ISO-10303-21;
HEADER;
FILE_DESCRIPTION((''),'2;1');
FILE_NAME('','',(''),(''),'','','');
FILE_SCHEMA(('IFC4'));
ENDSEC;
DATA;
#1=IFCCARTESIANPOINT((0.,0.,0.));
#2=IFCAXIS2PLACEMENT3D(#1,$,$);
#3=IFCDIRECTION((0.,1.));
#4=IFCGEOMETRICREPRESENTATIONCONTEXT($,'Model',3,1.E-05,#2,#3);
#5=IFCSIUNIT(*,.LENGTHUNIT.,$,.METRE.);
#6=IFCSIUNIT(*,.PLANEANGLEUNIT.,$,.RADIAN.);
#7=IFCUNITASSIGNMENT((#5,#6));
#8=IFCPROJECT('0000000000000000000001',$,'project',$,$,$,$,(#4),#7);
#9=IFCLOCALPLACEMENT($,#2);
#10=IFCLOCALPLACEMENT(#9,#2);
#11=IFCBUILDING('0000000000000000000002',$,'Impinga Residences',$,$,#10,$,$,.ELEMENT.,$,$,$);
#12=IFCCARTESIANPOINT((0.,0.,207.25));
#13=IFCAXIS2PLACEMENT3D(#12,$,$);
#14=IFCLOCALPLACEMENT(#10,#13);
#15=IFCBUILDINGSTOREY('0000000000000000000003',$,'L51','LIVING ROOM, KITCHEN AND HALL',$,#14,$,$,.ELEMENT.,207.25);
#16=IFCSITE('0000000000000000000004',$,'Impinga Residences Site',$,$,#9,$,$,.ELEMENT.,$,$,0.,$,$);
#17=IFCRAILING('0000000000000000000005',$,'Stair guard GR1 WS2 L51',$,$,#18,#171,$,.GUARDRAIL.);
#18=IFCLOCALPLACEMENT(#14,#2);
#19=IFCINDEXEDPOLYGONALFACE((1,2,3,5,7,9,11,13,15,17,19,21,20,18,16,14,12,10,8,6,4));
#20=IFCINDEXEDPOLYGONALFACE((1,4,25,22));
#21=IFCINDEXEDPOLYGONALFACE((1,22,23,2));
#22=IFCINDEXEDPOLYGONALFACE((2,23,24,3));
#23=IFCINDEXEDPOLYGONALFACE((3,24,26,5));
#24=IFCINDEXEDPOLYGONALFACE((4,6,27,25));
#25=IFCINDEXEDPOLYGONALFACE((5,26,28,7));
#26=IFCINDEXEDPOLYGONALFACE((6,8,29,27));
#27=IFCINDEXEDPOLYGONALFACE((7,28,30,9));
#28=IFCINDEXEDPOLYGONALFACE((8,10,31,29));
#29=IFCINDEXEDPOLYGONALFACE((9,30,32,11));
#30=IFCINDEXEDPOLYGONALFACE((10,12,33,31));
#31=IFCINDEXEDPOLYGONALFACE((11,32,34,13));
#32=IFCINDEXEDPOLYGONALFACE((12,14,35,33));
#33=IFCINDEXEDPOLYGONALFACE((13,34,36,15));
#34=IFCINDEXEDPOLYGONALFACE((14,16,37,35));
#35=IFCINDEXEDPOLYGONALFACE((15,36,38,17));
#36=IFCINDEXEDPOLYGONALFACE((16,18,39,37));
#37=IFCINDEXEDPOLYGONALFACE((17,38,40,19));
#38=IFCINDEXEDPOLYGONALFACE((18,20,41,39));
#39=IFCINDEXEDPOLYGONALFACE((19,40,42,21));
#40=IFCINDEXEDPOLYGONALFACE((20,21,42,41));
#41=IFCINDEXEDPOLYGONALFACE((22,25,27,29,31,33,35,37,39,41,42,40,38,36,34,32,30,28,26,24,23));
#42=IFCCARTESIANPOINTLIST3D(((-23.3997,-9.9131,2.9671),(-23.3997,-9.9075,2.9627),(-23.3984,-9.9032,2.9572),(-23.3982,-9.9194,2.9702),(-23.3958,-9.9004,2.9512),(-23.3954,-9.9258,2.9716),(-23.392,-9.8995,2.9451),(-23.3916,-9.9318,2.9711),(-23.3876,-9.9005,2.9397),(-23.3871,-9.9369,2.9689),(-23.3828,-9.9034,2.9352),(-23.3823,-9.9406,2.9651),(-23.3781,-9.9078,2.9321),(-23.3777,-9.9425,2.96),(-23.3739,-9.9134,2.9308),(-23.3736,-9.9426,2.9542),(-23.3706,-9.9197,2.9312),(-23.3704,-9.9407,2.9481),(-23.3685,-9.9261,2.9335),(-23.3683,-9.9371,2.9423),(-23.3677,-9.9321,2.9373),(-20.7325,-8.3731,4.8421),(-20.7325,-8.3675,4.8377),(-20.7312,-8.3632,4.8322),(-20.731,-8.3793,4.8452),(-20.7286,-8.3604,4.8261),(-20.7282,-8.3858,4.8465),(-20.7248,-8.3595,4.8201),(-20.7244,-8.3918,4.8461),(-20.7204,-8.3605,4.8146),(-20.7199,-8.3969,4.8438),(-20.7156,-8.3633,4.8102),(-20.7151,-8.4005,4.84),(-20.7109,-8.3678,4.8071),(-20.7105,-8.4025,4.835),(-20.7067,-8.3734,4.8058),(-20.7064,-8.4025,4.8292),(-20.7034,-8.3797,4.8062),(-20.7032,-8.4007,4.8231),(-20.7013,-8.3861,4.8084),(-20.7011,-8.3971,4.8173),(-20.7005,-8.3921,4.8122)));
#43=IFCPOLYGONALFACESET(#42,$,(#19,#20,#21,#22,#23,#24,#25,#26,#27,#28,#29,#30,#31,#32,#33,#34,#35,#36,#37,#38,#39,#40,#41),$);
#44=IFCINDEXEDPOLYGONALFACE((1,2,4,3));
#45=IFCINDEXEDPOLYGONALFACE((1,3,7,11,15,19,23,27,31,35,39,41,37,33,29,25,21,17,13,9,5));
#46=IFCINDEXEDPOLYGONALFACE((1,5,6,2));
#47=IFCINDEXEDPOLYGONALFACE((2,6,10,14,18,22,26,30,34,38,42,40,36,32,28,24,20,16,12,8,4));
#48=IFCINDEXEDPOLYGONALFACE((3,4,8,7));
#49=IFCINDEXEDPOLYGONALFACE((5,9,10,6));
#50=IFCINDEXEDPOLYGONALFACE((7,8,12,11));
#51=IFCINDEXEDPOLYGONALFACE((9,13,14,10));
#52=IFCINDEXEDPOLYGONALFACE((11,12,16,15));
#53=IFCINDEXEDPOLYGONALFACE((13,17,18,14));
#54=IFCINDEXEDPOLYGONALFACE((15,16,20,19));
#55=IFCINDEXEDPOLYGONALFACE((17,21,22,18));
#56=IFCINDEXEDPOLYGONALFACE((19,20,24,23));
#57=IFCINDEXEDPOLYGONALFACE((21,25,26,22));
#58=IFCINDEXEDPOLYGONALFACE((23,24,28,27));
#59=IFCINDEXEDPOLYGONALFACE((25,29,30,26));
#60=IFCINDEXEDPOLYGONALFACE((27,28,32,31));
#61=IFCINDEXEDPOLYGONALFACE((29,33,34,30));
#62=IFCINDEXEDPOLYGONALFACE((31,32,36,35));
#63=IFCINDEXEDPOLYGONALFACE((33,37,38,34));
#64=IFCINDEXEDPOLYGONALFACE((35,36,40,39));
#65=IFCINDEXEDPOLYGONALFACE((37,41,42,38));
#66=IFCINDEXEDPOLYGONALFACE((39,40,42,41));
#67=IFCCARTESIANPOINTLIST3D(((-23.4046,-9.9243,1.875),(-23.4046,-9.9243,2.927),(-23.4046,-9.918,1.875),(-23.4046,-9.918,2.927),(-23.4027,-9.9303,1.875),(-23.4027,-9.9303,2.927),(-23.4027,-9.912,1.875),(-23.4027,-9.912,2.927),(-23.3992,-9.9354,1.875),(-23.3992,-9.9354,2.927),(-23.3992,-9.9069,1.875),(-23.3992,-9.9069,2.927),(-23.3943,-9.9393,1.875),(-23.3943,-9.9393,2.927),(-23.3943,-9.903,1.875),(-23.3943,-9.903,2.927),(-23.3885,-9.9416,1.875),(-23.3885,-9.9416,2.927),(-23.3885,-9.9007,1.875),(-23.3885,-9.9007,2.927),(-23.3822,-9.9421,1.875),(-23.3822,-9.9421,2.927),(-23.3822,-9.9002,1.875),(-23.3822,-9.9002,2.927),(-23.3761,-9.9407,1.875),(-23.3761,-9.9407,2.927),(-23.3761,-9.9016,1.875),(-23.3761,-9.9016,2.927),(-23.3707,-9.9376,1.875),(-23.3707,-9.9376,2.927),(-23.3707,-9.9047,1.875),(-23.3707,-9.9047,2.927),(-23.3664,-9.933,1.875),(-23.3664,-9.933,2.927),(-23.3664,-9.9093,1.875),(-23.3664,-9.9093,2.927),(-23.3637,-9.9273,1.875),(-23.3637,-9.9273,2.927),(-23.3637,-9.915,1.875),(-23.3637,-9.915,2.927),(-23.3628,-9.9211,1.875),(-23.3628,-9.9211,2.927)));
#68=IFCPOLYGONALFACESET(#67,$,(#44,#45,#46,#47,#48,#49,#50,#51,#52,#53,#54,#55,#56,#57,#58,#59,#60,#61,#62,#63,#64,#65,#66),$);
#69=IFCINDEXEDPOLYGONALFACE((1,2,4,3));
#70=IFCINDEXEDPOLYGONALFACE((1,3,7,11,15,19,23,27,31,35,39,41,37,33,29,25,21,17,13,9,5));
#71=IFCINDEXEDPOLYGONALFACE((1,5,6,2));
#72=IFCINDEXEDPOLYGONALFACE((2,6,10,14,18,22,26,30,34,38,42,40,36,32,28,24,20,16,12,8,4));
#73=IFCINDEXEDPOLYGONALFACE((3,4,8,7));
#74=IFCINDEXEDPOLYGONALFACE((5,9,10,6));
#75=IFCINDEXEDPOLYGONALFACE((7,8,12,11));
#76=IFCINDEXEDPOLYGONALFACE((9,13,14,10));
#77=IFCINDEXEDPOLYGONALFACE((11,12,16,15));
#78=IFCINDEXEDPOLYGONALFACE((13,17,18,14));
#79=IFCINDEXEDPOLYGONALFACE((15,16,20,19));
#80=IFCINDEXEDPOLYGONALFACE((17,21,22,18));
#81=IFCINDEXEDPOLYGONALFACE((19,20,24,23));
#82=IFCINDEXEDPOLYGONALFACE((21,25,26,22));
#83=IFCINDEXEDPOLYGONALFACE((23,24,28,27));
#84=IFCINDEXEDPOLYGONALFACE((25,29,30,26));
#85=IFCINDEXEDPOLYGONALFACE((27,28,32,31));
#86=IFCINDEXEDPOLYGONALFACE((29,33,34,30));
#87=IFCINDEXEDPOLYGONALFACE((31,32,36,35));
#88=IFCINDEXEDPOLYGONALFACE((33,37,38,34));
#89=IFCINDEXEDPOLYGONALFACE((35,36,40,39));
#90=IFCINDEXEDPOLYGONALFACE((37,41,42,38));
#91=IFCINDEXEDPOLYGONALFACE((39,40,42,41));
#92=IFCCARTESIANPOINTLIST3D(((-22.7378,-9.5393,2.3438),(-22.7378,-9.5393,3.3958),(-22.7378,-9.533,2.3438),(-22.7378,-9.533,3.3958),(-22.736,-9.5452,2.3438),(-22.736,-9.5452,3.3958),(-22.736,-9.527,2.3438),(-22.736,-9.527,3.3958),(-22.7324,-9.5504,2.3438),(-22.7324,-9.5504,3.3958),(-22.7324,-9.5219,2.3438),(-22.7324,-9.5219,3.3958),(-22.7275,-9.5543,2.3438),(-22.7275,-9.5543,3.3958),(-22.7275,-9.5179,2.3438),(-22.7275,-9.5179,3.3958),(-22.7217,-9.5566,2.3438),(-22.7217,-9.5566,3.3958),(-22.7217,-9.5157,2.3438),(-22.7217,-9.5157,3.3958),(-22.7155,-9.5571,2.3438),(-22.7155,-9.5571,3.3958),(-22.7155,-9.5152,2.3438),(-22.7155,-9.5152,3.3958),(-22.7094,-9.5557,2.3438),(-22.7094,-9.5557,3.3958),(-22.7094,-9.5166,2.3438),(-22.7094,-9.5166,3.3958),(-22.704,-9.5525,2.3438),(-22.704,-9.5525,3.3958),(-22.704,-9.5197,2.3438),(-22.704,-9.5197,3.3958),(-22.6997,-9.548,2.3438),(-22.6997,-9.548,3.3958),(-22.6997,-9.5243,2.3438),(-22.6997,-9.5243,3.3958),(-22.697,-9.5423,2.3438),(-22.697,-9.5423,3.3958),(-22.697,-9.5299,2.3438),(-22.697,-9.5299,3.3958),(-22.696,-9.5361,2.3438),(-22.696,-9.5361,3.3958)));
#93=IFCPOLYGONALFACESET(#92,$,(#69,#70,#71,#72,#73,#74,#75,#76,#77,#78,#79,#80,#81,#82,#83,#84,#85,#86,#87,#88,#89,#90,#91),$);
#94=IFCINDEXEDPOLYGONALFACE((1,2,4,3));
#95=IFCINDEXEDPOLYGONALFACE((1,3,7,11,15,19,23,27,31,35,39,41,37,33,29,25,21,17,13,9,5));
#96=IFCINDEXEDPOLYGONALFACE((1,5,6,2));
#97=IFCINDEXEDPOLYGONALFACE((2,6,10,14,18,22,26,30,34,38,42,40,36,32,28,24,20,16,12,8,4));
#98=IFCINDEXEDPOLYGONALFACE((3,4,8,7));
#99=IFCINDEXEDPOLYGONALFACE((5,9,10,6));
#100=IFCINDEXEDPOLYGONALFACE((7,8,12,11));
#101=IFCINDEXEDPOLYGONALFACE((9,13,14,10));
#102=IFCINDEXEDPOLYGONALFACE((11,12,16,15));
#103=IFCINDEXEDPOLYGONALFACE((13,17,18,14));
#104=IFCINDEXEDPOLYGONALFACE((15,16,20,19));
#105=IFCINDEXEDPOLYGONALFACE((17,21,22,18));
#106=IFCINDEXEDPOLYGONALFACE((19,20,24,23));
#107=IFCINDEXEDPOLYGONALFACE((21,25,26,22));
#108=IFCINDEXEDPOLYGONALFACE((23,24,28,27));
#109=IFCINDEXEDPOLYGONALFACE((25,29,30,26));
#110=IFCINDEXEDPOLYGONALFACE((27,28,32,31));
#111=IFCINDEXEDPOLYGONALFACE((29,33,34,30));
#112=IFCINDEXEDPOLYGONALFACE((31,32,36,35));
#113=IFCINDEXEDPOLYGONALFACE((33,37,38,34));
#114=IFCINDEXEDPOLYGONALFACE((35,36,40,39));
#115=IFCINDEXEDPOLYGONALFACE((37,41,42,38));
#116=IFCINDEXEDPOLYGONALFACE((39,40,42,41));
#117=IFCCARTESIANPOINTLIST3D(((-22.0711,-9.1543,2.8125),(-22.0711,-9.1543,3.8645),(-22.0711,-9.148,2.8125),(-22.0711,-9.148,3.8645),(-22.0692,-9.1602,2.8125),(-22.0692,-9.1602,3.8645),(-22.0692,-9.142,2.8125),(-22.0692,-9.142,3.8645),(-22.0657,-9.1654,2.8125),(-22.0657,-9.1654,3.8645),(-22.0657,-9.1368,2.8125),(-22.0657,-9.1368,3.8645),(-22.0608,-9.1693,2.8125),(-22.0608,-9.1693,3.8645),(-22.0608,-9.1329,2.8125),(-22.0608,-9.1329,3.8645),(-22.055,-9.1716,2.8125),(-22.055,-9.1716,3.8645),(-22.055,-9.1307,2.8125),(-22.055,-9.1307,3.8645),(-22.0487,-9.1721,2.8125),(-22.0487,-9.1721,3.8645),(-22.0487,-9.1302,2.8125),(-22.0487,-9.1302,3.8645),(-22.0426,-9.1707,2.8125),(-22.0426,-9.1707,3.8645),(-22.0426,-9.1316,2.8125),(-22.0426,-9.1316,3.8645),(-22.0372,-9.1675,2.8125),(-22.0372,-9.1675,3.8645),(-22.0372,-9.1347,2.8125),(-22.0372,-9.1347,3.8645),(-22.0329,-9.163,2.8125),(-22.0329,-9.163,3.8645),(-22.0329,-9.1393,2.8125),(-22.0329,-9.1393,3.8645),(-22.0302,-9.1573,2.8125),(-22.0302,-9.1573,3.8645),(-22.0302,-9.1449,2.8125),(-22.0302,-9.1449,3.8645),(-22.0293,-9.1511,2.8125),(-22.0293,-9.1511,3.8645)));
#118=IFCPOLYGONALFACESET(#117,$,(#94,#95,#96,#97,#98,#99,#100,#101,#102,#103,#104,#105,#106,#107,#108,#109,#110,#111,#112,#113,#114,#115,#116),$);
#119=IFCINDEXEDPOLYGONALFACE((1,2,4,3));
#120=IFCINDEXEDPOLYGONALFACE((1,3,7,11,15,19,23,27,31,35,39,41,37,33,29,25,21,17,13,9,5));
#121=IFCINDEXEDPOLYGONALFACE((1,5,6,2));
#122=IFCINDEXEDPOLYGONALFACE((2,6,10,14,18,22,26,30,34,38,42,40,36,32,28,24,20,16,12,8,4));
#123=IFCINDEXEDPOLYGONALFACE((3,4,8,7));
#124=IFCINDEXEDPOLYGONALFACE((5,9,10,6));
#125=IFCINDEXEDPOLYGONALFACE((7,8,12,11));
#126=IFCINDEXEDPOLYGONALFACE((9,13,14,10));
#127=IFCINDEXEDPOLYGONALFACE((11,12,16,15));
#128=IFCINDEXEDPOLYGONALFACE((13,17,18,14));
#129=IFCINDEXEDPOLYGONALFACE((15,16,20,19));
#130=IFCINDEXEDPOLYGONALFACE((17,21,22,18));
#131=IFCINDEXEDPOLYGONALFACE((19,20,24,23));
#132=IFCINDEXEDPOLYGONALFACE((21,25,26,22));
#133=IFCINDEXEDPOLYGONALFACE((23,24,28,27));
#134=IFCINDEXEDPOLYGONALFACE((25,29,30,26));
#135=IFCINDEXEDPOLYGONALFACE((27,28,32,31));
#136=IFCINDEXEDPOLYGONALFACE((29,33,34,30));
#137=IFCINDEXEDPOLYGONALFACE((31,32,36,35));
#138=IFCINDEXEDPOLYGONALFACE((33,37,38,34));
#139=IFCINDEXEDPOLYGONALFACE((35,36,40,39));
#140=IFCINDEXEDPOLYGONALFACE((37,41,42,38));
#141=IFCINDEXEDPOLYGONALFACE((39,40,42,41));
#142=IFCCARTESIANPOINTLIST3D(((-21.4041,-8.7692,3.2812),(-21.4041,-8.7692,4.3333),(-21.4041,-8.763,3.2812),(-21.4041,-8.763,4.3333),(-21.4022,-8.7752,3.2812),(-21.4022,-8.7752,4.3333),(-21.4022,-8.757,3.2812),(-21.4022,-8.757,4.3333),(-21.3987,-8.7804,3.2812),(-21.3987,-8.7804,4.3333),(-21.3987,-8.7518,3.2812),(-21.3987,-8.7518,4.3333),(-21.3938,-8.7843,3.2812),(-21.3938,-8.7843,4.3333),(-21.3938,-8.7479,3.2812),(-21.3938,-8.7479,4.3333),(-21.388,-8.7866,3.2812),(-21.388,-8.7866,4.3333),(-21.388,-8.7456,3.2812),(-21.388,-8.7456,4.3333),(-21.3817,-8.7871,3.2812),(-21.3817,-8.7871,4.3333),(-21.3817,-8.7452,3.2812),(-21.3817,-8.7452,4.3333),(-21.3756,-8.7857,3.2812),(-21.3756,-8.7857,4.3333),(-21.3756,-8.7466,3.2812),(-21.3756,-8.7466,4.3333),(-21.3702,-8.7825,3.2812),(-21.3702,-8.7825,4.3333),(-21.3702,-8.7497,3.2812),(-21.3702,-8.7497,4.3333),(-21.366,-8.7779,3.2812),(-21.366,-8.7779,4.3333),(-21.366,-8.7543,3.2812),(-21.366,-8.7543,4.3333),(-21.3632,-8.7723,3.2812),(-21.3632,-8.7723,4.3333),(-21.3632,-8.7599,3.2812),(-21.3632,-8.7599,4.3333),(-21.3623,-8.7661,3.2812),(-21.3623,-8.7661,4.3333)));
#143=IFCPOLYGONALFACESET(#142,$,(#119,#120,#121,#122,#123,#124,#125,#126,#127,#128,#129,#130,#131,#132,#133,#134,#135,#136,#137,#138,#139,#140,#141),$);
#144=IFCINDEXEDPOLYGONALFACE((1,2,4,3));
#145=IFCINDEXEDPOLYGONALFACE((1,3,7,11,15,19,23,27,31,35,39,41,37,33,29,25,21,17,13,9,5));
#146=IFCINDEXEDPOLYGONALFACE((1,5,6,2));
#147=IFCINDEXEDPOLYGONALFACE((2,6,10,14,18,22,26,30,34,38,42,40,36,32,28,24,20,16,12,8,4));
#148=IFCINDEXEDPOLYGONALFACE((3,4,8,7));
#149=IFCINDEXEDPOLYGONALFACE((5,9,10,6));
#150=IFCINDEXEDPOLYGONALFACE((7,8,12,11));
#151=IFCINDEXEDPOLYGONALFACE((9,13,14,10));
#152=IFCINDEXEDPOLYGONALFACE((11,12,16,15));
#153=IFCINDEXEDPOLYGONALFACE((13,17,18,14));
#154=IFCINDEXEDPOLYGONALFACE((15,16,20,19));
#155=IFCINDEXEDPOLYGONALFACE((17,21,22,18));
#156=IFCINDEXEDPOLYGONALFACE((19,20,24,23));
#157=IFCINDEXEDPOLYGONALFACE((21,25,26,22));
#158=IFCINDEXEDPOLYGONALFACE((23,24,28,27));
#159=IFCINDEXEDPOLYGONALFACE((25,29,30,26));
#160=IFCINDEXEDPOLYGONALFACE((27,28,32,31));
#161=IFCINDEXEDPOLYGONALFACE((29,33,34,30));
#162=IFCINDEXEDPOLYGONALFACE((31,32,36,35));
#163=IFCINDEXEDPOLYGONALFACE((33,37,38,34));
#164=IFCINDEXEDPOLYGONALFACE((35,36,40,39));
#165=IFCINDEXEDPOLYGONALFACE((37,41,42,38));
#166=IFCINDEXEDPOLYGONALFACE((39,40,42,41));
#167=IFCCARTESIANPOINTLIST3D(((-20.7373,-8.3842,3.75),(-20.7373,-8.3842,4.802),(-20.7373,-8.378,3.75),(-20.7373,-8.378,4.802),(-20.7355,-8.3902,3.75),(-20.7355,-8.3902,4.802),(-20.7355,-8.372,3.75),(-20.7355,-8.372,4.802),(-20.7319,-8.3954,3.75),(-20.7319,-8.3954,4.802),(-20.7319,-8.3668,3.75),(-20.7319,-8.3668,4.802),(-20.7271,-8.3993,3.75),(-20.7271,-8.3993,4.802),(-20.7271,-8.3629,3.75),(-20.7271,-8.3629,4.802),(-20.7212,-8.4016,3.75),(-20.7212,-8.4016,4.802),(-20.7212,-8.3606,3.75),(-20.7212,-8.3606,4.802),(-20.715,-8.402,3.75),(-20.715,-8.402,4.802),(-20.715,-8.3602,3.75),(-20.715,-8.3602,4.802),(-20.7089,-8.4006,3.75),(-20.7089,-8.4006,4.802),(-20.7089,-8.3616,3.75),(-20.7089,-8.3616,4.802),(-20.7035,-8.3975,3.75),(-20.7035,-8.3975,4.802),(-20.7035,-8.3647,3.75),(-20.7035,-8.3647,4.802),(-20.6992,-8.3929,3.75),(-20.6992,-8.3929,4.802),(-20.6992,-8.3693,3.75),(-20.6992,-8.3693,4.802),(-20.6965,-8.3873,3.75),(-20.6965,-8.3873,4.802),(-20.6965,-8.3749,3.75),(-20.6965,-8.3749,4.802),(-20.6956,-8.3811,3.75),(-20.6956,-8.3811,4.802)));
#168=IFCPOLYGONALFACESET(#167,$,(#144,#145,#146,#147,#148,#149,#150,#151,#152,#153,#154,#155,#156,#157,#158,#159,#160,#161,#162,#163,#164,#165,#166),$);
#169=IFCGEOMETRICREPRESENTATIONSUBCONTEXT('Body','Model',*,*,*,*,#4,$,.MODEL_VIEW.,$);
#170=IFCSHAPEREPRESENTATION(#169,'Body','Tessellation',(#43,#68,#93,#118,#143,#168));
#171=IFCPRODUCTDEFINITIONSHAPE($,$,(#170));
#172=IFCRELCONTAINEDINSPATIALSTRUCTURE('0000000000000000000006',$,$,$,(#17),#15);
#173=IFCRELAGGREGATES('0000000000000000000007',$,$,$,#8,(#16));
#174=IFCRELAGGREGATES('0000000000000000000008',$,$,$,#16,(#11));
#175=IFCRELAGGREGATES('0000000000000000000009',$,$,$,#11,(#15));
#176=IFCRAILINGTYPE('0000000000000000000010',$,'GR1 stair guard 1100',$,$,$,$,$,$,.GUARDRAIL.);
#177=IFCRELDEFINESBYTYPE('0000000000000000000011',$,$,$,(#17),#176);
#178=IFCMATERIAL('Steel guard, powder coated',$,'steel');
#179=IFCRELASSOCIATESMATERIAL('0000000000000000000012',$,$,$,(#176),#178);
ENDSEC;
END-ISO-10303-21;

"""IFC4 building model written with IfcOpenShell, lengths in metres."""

from ifc_helpers import new_model, si_unit, direction, frame, origin, origin_2d, place, context, subcontext, project, spatial, circle, extrude, material, type_object, element, save


model = new_model("IFC4")

# Units and contexts
model_context = context("Model", 3, precision=1e-05, world=origin(), true_north=direction((0.0, 1.0)))
body_context = subcontext(model_context, "Body", "Model", "MODEL_VIEW")
ifc_project = project(units=[si_unit("LENGTHUNIT", "METRE"), si_unit("PLANEANGLEUNIT", "RADIAN")], contexts=[model_context])

# Site, building, storey
site_placement = place(None, origin())
site = spatial("IfcSite", under=ifc_project, at=site_placement, Name="Impinga Residences Site", CompositionType="ELEMENT", RefElevation=0.0)
building_placement = place(site_placement, origin())
building = spatial("IfcBuilding", under=site, at=building_placement, Name="Impinga Residences", CompositionType="ELEMENT")
storey_placement = place(building_placement, frame((0.0, 0.0, 207.25)))
storey = spatial("IfcBuildingStorey", under=building, at=storey_placement, Name="L51", Description="LIVING ROOM, KITCHEN AND HALL", CompositionType="ELEMENT", Elevation=207.25)

# Railing
ifc_material_1 = material(Name="Steel guard, powder coated", Category="steel")
railing_type_1 = type_object("IfcRailingType", Name="GR1 stair guard 1100", PredefinedType="GUARDRAIL", material=ifc_material_1)
railing_1_placement = place(storey_placement, frame((-23.3838, -9.9211, 1.875)))
element("IfcRailing", 1, at=railing_1_placement, inside=storey, type_object=railing_type_1, Name="Stair guard GR1 WS2 L51", PredefinedType="GUARDRAIL", context=body_context, shape_type="SweptSolid", body=[
    extrude(circle(Radius=0.0239, at=origin_2d()), frame((0.0, 0.0, 1.0762), z_axis=(0.739716, 0.427105, 0.520002), x_axis=(-0.500027, 0.86601, 0.0)), (0.0, 0.0, 1.0), 3.6057),
    extrude(circle(Radius=0.021, at=origin_2d()), origin(), (0.0, 0.0, 1.0), 1.052),
    extrude(circle(Radius=0.021, at=origin_2d()), frame((0.6667, 0.385, 0.4688)), (0.0, 0.0, 1.0), 1.052),
    extrude(circle(Radius=0.021, at=origin_2d()), frame((1.3335, 0.77, 0.9375)), (0.0, 0.0, 1.0), 1.052),
    extrude(circle(Radius=0.021, at=origin_2d()), frame((2.0005, 1.155, 1.4062)), (0.0, 0.0, 1.0), 1.052),
    extrude(circle(Radius=0.021, at=origin_2d()), frame((2.6672, 1.54, 1.875)), (0.0, 0.0, 1.0), 1.052),
])

save(model, "model.ifc")
